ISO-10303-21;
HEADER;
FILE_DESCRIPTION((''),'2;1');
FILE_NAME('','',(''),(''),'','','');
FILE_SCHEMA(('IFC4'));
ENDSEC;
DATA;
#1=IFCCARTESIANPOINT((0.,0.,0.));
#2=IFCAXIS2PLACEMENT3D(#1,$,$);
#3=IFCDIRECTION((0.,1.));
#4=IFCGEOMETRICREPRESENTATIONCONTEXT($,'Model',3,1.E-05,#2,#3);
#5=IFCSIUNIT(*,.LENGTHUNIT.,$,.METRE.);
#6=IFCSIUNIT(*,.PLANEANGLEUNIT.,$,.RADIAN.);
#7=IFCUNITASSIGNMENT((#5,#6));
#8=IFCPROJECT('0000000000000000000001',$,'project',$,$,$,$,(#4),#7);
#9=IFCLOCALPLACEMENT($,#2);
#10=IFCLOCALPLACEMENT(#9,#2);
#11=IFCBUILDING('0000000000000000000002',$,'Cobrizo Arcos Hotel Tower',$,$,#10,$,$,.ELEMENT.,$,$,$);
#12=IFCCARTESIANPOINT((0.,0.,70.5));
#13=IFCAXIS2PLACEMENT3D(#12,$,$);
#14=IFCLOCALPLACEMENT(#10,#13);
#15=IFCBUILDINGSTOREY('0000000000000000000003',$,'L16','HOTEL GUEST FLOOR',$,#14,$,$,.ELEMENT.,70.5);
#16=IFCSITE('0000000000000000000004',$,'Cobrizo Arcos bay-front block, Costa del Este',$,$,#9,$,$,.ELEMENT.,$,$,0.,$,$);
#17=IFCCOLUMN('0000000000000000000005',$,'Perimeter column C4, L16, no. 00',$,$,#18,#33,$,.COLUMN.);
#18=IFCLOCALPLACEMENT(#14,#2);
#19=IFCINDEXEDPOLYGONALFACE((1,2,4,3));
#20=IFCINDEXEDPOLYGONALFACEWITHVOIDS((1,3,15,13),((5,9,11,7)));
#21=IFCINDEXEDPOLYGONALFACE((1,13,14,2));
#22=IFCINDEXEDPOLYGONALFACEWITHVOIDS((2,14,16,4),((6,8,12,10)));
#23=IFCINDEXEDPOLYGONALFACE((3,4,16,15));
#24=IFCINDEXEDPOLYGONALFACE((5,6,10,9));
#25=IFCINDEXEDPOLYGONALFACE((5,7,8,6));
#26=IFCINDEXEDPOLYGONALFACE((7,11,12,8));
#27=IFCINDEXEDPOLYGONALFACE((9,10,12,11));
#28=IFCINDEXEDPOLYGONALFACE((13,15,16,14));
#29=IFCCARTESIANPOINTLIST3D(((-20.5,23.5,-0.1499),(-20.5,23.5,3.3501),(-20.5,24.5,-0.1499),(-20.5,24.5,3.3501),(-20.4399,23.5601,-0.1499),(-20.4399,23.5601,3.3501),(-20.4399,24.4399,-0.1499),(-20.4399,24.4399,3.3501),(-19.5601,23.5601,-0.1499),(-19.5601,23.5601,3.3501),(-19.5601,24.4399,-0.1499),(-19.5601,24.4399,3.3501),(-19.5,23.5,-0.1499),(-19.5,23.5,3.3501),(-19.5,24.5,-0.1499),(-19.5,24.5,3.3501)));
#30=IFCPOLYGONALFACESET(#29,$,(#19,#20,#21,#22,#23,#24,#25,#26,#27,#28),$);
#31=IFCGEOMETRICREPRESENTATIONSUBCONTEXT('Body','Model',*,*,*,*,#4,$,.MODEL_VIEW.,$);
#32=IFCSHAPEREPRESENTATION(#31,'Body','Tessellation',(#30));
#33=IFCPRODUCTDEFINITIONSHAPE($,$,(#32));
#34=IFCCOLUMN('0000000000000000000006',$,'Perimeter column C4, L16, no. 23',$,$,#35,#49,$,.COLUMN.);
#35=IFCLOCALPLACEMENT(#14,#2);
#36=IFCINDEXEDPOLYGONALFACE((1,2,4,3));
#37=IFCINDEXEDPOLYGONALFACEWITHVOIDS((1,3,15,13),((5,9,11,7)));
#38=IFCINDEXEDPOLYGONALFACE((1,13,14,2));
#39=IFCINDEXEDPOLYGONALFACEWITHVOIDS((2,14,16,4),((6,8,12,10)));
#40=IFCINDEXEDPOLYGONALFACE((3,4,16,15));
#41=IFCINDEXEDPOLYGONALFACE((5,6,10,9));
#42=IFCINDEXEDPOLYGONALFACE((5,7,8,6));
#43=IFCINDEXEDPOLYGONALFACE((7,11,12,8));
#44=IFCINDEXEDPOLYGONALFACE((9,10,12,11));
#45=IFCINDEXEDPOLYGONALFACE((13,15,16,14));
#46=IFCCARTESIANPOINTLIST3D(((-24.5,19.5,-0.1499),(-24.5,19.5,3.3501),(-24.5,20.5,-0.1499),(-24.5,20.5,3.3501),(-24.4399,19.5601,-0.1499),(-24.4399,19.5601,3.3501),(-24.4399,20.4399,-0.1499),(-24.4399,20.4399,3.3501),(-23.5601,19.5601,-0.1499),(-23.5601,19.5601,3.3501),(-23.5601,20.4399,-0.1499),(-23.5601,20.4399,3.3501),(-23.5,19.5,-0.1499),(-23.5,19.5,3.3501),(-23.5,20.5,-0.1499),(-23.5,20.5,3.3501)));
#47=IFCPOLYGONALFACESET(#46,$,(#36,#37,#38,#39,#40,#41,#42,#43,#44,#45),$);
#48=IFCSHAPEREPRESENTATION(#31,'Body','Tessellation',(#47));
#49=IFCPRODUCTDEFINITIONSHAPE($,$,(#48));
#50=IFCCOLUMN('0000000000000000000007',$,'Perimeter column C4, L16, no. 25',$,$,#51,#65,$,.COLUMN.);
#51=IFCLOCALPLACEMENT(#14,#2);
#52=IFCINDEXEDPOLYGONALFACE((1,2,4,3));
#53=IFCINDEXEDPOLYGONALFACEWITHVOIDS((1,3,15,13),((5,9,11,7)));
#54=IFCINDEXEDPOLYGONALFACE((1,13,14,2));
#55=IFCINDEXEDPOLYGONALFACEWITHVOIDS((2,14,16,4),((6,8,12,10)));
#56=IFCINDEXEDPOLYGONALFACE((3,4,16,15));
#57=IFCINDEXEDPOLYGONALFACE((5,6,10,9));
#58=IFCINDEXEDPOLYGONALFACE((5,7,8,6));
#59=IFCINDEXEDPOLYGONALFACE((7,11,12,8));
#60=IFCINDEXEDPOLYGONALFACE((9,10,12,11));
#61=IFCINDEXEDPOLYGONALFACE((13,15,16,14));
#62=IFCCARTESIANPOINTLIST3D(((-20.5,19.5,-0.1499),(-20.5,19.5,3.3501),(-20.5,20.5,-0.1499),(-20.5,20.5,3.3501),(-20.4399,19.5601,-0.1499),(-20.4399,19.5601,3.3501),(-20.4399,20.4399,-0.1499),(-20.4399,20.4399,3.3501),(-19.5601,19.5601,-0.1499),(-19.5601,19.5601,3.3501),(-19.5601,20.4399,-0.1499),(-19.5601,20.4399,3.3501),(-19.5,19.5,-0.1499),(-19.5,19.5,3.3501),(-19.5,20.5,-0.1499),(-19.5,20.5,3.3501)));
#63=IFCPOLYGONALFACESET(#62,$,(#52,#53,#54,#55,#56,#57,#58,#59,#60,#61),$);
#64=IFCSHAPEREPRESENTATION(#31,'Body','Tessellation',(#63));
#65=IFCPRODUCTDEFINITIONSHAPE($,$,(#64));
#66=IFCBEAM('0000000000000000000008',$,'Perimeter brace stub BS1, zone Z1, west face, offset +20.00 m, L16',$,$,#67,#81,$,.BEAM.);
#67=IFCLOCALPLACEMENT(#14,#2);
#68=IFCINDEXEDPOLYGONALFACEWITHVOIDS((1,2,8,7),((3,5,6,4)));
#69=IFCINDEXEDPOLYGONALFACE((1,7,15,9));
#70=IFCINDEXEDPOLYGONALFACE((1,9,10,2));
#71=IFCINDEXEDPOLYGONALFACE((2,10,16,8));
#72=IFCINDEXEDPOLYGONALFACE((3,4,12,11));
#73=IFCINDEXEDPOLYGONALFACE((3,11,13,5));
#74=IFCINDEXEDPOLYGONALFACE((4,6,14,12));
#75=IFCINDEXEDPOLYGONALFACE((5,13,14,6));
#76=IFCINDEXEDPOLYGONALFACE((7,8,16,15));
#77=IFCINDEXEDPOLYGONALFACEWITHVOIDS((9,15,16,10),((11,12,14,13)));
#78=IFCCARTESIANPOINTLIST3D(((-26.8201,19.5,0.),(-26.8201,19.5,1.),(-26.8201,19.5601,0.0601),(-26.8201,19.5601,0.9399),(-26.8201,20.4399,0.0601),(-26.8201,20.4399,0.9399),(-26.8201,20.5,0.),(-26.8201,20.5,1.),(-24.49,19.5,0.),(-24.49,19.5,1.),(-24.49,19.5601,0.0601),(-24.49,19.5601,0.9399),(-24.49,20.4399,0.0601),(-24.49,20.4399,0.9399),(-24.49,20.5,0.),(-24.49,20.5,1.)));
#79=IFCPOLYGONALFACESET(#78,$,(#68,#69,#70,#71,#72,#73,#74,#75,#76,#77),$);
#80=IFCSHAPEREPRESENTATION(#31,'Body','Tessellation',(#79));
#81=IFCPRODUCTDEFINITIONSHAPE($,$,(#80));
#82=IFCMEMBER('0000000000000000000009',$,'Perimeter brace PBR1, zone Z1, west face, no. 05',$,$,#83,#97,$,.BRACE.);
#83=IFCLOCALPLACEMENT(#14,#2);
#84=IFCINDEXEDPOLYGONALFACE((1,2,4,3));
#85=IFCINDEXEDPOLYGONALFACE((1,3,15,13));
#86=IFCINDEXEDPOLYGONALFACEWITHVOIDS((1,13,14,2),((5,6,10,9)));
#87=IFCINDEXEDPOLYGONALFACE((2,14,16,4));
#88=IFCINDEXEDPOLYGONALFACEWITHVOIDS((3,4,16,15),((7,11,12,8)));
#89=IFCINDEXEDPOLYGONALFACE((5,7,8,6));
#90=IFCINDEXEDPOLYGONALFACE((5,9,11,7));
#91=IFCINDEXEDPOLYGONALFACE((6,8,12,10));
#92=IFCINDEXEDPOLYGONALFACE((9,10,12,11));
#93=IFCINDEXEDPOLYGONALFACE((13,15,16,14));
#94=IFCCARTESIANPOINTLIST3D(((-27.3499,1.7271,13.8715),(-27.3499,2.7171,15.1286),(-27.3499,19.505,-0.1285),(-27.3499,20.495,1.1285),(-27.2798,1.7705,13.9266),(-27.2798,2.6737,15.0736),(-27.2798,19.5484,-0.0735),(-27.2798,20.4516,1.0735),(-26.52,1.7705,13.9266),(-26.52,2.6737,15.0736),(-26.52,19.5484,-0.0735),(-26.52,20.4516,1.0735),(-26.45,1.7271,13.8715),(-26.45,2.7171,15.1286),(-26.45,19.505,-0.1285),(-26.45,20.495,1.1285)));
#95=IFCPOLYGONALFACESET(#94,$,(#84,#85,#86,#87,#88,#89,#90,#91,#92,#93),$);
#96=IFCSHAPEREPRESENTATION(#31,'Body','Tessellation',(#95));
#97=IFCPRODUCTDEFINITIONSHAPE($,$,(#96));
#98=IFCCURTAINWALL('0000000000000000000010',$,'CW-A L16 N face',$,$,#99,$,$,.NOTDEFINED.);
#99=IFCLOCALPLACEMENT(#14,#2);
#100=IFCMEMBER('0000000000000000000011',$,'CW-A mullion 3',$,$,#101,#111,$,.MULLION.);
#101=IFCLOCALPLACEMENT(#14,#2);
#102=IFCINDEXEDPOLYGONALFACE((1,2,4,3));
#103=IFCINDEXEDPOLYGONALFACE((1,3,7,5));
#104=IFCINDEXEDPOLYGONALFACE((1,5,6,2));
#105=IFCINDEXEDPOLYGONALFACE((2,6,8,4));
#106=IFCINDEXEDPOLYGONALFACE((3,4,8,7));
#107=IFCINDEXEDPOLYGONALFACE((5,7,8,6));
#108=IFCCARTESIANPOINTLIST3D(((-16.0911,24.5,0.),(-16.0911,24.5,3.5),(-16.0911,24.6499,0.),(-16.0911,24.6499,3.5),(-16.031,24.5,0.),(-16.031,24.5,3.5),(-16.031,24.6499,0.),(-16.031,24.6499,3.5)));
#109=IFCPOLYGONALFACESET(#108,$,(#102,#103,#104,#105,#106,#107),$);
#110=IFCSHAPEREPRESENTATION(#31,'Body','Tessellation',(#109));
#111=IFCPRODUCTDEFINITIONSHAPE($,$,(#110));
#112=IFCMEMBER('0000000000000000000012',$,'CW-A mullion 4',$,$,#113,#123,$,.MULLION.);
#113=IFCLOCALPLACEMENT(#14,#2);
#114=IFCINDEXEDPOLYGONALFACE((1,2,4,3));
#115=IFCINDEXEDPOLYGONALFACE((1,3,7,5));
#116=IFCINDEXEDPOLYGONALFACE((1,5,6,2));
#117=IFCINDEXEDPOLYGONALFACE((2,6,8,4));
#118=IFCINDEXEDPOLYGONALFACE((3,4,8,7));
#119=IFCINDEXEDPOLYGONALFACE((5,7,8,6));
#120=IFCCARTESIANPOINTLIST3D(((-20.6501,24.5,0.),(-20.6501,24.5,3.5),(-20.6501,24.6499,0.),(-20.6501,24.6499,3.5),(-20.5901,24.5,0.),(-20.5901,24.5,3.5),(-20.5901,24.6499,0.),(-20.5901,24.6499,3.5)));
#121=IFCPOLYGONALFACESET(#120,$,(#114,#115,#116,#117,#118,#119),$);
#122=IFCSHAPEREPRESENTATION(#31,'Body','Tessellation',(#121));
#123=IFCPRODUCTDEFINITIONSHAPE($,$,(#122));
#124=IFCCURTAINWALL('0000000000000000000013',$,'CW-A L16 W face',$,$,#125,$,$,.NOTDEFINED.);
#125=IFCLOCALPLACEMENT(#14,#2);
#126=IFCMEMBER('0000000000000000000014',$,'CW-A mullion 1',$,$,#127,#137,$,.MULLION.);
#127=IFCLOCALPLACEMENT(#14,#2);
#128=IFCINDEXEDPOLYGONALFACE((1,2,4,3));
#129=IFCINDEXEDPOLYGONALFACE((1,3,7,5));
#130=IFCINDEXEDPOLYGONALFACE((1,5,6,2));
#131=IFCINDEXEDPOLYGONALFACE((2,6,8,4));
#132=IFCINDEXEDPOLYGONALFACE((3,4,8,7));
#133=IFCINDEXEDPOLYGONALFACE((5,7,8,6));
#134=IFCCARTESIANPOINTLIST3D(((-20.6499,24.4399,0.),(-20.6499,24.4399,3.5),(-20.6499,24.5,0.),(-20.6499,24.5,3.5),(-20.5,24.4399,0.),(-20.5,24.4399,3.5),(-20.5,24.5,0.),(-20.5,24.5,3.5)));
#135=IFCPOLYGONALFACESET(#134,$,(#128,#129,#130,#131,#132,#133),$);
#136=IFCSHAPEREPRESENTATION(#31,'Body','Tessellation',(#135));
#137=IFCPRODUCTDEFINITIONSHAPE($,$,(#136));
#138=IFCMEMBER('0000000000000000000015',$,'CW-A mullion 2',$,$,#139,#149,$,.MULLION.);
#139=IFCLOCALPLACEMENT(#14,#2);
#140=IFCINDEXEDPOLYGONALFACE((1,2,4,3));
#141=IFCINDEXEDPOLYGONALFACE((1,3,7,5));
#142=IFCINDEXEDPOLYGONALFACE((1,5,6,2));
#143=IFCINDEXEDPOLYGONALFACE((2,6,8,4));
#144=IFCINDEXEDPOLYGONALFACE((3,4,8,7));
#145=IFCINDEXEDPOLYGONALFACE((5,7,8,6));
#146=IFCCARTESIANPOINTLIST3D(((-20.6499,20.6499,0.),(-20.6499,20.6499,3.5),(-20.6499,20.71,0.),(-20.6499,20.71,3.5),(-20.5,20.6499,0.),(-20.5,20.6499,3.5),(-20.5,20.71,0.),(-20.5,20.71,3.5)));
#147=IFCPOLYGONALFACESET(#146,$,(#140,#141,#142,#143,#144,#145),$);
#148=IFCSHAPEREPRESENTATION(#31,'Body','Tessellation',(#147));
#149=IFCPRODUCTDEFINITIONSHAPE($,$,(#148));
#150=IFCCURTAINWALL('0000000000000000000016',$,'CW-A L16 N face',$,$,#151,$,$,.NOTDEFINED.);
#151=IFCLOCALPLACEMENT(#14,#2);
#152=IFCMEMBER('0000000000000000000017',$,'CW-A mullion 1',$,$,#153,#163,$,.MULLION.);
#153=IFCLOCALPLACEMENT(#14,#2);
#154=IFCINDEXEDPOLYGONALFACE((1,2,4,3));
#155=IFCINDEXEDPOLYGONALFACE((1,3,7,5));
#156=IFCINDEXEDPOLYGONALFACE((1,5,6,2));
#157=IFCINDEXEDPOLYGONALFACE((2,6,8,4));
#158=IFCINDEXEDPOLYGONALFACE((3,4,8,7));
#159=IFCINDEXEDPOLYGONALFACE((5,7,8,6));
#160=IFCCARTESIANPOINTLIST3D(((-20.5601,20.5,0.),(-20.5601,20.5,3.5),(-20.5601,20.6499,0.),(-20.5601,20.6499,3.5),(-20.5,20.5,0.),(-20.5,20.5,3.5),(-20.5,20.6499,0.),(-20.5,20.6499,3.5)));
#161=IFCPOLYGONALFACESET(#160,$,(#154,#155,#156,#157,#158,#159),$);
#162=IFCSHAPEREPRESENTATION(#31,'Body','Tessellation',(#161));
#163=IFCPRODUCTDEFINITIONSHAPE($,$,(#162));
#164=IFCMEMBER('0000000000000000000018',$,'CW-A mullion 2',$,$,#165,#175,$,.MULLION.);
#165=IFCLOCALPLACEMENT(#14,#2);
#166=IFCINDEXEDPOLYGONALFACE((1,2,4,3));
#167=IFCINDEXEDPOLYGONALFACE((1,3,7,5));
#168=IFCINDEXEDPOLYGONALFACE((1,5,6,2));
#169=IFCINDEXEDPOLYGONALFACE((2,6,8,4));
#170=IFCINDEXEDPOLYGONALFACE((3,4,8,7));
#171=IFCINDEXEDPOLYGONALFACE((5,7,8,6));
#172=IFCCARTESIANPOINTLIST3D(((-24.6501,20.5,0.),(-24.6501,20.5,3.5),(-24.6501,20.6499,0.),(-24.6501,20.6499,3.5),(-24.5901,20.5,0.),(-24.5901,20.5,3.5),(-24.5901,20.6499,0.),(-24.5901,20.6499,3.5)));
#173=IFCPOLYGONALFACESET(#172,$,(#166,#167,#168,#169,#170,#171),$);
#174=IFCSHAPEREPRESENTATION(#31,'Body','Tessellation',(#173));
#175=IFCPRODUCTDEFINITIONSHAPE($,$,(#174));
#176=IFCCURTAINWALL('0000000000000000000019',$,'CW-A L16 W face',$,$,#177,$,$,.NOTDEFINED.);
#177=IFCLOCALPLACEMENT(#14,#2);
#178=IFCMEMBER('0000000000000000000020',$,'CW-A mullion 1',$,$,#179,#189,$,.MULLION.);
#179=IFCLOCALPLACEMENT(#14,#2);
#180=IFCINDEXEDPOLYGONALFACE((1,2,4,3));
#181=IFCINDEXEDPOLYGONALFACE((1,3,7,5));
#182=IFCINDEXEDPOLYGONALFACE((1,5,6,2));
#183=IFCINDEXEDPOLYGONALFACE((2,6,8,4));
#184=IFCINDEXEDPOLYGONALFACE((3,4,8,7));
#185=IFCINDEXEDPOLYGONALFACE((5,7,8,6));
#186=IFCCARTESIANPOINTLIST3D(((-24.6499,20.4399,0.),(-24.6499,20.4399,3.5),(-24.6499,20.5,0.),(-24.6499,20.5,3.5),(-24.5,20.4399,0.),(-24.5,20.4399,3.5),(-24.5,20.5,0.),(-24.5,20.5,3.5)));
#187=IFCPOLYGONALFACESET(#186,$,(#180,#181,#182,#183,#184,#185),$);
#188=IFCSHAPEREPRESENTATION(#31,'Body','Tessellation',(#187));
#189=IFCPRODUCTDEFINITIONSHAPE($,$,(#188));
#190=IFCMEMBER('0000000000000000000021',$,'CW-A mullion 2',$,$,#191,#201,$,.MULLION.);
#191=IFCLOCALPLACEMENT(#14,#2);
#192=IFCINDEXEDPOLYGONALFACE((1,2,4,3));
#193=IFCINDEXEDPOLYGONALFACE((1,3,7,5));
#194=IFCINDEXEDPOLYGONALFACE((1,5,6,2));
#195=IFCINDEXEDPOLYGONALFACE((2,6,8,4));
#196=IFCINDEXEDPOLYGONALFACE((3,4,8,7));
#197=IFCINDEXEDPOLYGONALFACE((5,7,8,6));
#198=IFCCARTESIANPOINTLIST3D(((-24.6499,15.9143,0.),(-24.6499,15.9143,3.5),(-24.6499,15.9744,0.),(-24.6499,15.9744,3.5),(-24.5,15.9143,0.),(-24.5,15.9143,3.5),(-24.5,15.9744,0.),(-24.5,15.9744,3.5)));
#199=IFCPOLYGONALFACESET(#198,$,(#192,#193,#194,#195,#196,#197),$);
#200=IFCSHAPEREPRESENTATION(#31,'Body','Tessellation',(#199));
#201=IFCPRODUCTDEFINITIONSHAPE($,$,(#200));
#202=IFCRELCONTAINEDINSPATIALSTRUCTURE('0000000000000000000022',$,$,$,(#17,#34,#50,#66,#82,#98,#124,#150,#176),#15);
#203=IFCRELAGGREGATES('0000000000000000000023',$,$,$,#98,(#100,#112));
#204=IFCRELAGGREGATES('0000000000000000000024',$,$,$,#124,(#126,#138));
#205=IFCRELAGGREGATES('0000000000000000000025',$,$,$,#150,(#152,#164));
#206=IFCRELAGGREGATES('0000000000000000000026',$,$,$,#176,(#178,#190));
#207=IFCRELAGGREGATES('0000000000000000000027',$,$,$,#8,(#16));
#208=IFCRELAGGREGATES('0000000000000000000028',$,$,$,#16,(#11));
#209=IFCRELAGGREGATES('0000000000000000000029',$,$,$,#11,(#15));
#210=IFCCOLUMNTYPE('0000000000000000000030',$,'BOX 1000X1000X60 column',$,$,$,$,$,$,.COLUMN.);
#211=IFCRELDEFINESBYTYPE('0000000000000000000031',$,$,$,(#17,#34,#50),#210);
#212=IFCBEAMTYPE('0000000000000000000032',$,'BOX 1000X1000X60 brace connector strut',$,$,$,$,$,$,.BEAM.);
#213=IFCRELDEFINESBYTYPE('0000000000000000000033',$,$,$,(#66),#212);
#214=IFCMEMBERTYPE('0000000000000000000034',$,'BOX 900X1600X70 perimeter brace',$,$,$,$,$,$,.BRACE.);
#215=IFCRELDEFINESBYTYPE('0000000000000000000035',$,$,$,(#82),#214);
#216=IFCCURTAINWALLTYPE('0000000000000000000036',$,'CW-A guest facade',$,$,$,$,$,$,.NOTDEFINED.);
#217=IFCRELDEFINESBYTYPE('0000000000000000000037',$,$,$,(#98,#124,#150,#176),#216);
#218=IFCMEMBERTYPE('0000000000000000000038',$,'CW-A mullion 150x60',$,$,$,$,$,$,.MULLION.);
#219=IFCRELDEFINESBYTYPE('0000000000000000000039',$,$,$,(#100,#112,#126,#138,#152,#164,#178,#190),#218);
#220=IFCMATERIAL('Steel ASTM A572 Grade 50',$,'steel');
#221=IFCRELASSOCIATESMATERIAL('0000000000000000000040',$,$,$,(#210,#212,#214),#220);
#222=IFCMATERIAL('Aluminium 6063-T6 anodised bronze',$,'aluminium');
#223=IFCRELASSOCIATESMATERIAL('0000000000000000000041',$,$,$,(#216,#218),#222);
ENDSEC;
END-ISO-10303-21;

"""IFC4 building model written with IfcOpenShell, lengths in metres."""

from ifc_helpers import new_model, si_unit, direction, frame, origin, origin_2d, place, context, subcontext, project, spatial, rectangle, hollow_rectangle, extrude, material, material_profile, profile_set, type_object, element, aggregate, save


model = new_model("IFC4")

# Units and contexts
model_context = context("Model", 3, precision=1e-05, world=origin(), true_north=direction((0.0, 1.0)))
body_context = subcontext(model_context, "Body", "Model", "MODEL_VIEW")
ifc_project = project(units=[si_unit("LENGTHUNIT", "METRE"), si_unit("PLANEANGLEUNIT", "RADIAN")], contexts=[model_context])

# Site, building, storey
site_placement = place(None, origin())
site = spatial("IfcSite", under=ifc_project, at=site_placement, Name="Cobrizo Arcos bay-front block, Costa del Este", CompositionType="ELEMENT", RefElevation=0.0)
building_placement = place(site_placement, origin())
building = spatial("IfcBuilding", under=site, at=building_placement, Name="Cobrizo Arcos Hotel Tower", CompositionType="ELEMENT")
storey_placement = place(building_placement, frame((0.0, 0.0, 70.5)))
storey = spatial("IfcBuildingStorey", under=building, at=storey_placement, Name="L16", Description="HOTEL GUEST FLOOR", CompositionType="ELEMENT", Elevation=70.5)

# Columns
ifc_material_1 = material(Name="Steel ASTM A572 Grade 50", Category="steel")
ifc_material_profile_1 = material_profile(ifc_material_1, hollow_rectangle(XDim=1.0, YDim=1.0, WallThickness=0.0601, at=origin_2d()), Name="BOX 1000X1000X60")
ifc_profile_set_1 = profile_set([ifc_material_profile_1], Name="Steel ASTM A572 Grade 50")
column_type = type_object("IfcColumnType", Name="BOX 1000X1000X60 column", PredefinedType="COLUMN", material=ifc_profile_set_1)
for number, where, z_axis, x_axis, name in (
    (1, (-20.0, 24.0, -0.1499), (0.0, 0.0, 1.0), (1.0, 0.0, 0.0), "Perimeter column C4, L16, no. 00"),
    (2, (-24.0, 20.0, -0.1499), (0.0, 0.0, 1.0), (1.0, 0.0, 0.0), "Perimeter column C4, L16, no. 23"),
    (3, (-20.0, 20.0, -0.1499), (0.0, 0.0, 1.0), (1.0, 0.0, 0.0), "Perimeter column C4, L16, no. 25"),
):
    element("IfcColumn", number, at=place(storey_placement, frame(where, z_axis=z_axis, x_axis=x_axis)), inside=storey, type_object=column_type, Name=name, PredefinedType="COLUMN", context=body_context, shape_type="SweptSolid", body=[
        extrude(hollow_rectangle(XDim=1.0, YDim=1.0, WallThickness=0.0601, at=origin_2d()), origin(), (0.0, 0.0, 1.0), 3.5),
    ])

# Beam
ifc_material_profile_2 = material_profile(ifc_material_1, hollow_rectangle(XDim=1.0, YDim=1.0, WallThickness=0.0601, at=origin_2d()), Name="BOX 1000X1000X60")
ifc_profile_set_2 = profile_set([ifc_material_profile_2], Name="Steel ASTM A572 Grade 50")
beam_type_1 = type_object("IfcBeamType", Name="BOX 1000X1000X60 brace connector strut", PredefinedType="BEAM", material=ifc_profile_set_2)
beam_1_placement = place(storey_placement, frame((-24.49, 20.0, 0.5), z_axis=(-1.0, 0.0, 0.0), x_axis=(0.0, -1.0, 0.0)))
element("IfcBeam", 4, at=beam_1_placement, inside=storey, type_object=beam_type_1, Name="Perimeter brace stub BS1, zone Z1, west face, offset +20.00 m, L16", PredefinedType="BEAM", context=body_context, shape_type="SweptSolid", body=[
    extrude(hollow_rectangle(XDim=1.0, YDim=1.0, WallThickness=0.0601, at=origin_2d()), origin(), (0.0, 0.0, 1.0), 2.3301),
])

# Member
ifc_material_profile_3 = material_profile(ifc_material_1, hollow_rectangle(XDim=0.8999, YDim=1.6001, WallThickness=0.0701, at=origin_2d()), Name="BOX 900X1600X70")
ifc_profile_set_3 = profile_set([ifc_material_profile_3], Name="Steel ASTM A572 Grade 50")
member_type_1 = type_object("IfcMemberType", Name="BOX 900X1600X70 perimeter brace", PredefinedType="BRACE", material=ifc_profile_set_3)
member_1_placement = place(storey_placement, frame((-26.8999, 20.0, 0.5), z_axis=(0.0, -0.785637, 0.618687), x_axis=(1.0, 0.0, 0.0)))
element("IfcMember", 5, at=member_1_placement, inside=storey, type_object=member_type_1, Name="Perimeter brace PBR1, zone Z1, west face, no. 05", PredefinedType="BRACE", context=body_context, shape_type="SweptSolid", body=[
    extrude(hollow_rectangle(XDim=0.8999, YDim=1.6001, WallThickness=0.0701, at=origin_2d()), origin(), (0.0, 0.0, 1.0), 22.6287),
])

# Curtain walls, members
ifc_material_2 = material(Name="Aluminium 6063-T6 anodised bronze", Category="aluminium")
curtain_wall_type = type_object("IfcCurtainWallType", Name="CW-A guest facade", PredefinedType="NOTDEFINED", material=ifc_material_2)
curtain_wall_1_placement = place(storey_placement, origin())
curtain_wall_1 = element("IfcCurtainWall", 6, at=curtain_wall_1_placement, inside=storey, type_object=curtain_wall_type, Name="CW-A L16 N face", PredefinedType="NOTDEFINED")
ifc_material_profile_4 = material_profile(ifc_material_2, rectangle(XDim=0.1499, YDim=0.0601, at=origin_2d()), Name="CW-A mullion 150x60")
ifc_profile_set_4 = profile_set([ifc_material_profile_4], Name="Aluminium 6063-T6 anodised bronze")
member_type_2 = type_object("IfcMemberType", Name="CW-A mullion 150x60", PredefinedType="MULLION", material=ifc_profile_set_4)
member_2_placement = place(storey_placement, frame((-16.061, 24.575, 0.0), z_axis=(0.0, 0.0, 1.0), x_axis=(0.0, 1.0, 0.0)))
member_2 = element("IfcMember", 7, at=member_2_placement, type_object=member_type_2, Name="CW-A mullion 3", PredefinedType="MULLION", context=body_context, shape_type="SweptSolid", body=[
    extrude(rectangle(XDim=0.1499, YDim=0.0601, at=origin_2d()), origin(), (0.0, 0.0, 1.0), 3.5),
])
member_3_placement = place(storey_placement, frame((-20.6201, 24.575, 0.0), z_axis=(0.0, 0.0, 1.0), x_axis=(0.0, 1.0, 0.0)))
member_3 = element("IfcMember", 8, at=member_3_placement, type_object=member_type_2, Name="CW-A mullion 4", PredefinedType="MULLION", context=body_context, shape_type="SweptSolid", body=[
    extrude(rectangle(XDim=0.1499, YDim=0.0601, at=origin_2d()), origin(), (0.0, 0.0, 1.0), 3.5),
])
curtain_wall_2_placement = place(storey_placement, origin())
curtain_wall_2 = element("IfcCurtainWall", 9, at=curtain_wall_2_placement, inside=storey, type_object=curtain_wall_type, Name="CW-A L16 W face", PredefinedType="NOTDEFINED")
member_4_placement = place(storey_placement, frame((-20.575, 24.47, 0.0), z_axis=(0.0, 0.0, 1.0), x_axis=(-1.0, 0.0, 0.0)))
member_4 = element("IfcMember", 10, at=member_4_placement, type_object=member_type_2, Name="CW-A mullion 1", PredefinedType="MULLION", context=body_context, shape_type="SweptSolid", body=[
    extrude(rectangle(XDim=0.1499, YDim=0.0601, at=origin_2d()), origin(), (0.0, 0.0, 1.0), 3.5),
])
member_5_placement = place(storey_placement, frame((-20.575, 20.6799, 0.0), z_axis=(0.0, 0.0, 1.0), x_axis=(-1.0, 0.0, 0.0)))
member_5 = element("IfcMember", 11, at=member_5_placement, type_object=member_type_2, Name="CW-A mullion 2", PredefinedType="MULLION", context=body_context, shape_type="SweptSolid", body=[
    extrude(rectangle(XDim=0.1499, YDim=0.0601, at=origin_2d()), origin(), (0.0, 0.0, 1.0), 3.5),
])
curtain_wall_3_placement = place(storey_placement, origin())
curtain_wall_3 = element("IfcCurtainWall", 12, at=curtain_wall_3_placement, inside=storey, type_object=curtain_wall_type, Name="CW-A L16 N face", PredefinedType="NOTDEFINED")
member_6_placement = place(storey_placement, frame((-20.53, 20.575, 0.0), z_axis=(0.0, 0.0, 1.0), x_axis=(0.0, 1.0, 0.0)))
member_6 = element("IfcMember", 13, at=member_6_placement, type_object=member_type_2, Name="CW-A mullion 1", PredefinedType="MULLION", context=body_context, shape_type="SweptSolid", body=[
    extrude(rectangle(XDim=0.1499, YDim=0.0601, at=origin_2d()), origin(), (0.0, 0.0, 1.0), 3.5),
])
member_7_placement = place(storey_placement, frame((-24.6201, 20.575, 0.0), z_axis=(0.0, 0.0, 1.0), x_axis=(0.0, 1.0, 0.0)))
member_7 = element("IfcMember", 14, at=member_7_placement, type_object=member_type_2, Name="CW-A mullion 2", PredefinedType="MULLION", context=body_context, shape_type="SweptSolid", body=[
    extrude(rectangle(XDim=0.1499, YDim=0.0601, at=origin_2d()), origin(), (0.0, 0.0, 1.0), 3.5),
])
curtain_wall_4_placement = place(storey_placement, origin())
curtain_wall_4 = element("IfcCurtainWall", 15, at=curtain_wall_4_placement, inside=storey, type_object=curtain_wall_type, Name="CW-A L16 W face", PredefinedType="NOTDEFINED")
member_8_placement = place(storey_placement, frame((-24.575, 20.47, 0.0), z_axis=(0.0, 0.0, 1.0), x_axis=(-1.0, 0.0, 0.0)))
member_8 = element("IfcMember", 16, at=member_8_placement, type_object=member_type_2, Name="CW-A mullion 1", PredefinedType="MULLION", context=body_context, shape_type="SweptSolid", body=[
    extrude(rectangle(XDim=0.1499, YDim=0.0601, at=origin_2d()), origin(), (0.0, 0.0, 1.0), 3.5),
])
member_9_placement = place(storey_placement, frame((-24.575, 15.9443, 0.0), z_axis=(0.0, 0.0, 1.0), x_axis=(-1.0, 0.0, 0.0)))
member_9 = element("IfcMember", 17, at=member_9_placement, type_object=member_type_2, Name="CW-A mullion 2", PredefinedType="MULLION", context=body_context, shape_type="SweptSolid", body=[
    extrude(rectangle(XDim=0.1499, YDim=0.0601, at=origin_2d()), origin(), (0.0, 0.0, 1.0), 3.5),
])

aggregate(curtain_wall_1, [member_2, member_3])
aggregate(curtain_wall_2, [member_4, member_5])
aggregate(curtain_wall_3, [member_6, member_7])
aggregate(curtain_wall_4, [member_8, member_9])

save(model, "model.ifc")
